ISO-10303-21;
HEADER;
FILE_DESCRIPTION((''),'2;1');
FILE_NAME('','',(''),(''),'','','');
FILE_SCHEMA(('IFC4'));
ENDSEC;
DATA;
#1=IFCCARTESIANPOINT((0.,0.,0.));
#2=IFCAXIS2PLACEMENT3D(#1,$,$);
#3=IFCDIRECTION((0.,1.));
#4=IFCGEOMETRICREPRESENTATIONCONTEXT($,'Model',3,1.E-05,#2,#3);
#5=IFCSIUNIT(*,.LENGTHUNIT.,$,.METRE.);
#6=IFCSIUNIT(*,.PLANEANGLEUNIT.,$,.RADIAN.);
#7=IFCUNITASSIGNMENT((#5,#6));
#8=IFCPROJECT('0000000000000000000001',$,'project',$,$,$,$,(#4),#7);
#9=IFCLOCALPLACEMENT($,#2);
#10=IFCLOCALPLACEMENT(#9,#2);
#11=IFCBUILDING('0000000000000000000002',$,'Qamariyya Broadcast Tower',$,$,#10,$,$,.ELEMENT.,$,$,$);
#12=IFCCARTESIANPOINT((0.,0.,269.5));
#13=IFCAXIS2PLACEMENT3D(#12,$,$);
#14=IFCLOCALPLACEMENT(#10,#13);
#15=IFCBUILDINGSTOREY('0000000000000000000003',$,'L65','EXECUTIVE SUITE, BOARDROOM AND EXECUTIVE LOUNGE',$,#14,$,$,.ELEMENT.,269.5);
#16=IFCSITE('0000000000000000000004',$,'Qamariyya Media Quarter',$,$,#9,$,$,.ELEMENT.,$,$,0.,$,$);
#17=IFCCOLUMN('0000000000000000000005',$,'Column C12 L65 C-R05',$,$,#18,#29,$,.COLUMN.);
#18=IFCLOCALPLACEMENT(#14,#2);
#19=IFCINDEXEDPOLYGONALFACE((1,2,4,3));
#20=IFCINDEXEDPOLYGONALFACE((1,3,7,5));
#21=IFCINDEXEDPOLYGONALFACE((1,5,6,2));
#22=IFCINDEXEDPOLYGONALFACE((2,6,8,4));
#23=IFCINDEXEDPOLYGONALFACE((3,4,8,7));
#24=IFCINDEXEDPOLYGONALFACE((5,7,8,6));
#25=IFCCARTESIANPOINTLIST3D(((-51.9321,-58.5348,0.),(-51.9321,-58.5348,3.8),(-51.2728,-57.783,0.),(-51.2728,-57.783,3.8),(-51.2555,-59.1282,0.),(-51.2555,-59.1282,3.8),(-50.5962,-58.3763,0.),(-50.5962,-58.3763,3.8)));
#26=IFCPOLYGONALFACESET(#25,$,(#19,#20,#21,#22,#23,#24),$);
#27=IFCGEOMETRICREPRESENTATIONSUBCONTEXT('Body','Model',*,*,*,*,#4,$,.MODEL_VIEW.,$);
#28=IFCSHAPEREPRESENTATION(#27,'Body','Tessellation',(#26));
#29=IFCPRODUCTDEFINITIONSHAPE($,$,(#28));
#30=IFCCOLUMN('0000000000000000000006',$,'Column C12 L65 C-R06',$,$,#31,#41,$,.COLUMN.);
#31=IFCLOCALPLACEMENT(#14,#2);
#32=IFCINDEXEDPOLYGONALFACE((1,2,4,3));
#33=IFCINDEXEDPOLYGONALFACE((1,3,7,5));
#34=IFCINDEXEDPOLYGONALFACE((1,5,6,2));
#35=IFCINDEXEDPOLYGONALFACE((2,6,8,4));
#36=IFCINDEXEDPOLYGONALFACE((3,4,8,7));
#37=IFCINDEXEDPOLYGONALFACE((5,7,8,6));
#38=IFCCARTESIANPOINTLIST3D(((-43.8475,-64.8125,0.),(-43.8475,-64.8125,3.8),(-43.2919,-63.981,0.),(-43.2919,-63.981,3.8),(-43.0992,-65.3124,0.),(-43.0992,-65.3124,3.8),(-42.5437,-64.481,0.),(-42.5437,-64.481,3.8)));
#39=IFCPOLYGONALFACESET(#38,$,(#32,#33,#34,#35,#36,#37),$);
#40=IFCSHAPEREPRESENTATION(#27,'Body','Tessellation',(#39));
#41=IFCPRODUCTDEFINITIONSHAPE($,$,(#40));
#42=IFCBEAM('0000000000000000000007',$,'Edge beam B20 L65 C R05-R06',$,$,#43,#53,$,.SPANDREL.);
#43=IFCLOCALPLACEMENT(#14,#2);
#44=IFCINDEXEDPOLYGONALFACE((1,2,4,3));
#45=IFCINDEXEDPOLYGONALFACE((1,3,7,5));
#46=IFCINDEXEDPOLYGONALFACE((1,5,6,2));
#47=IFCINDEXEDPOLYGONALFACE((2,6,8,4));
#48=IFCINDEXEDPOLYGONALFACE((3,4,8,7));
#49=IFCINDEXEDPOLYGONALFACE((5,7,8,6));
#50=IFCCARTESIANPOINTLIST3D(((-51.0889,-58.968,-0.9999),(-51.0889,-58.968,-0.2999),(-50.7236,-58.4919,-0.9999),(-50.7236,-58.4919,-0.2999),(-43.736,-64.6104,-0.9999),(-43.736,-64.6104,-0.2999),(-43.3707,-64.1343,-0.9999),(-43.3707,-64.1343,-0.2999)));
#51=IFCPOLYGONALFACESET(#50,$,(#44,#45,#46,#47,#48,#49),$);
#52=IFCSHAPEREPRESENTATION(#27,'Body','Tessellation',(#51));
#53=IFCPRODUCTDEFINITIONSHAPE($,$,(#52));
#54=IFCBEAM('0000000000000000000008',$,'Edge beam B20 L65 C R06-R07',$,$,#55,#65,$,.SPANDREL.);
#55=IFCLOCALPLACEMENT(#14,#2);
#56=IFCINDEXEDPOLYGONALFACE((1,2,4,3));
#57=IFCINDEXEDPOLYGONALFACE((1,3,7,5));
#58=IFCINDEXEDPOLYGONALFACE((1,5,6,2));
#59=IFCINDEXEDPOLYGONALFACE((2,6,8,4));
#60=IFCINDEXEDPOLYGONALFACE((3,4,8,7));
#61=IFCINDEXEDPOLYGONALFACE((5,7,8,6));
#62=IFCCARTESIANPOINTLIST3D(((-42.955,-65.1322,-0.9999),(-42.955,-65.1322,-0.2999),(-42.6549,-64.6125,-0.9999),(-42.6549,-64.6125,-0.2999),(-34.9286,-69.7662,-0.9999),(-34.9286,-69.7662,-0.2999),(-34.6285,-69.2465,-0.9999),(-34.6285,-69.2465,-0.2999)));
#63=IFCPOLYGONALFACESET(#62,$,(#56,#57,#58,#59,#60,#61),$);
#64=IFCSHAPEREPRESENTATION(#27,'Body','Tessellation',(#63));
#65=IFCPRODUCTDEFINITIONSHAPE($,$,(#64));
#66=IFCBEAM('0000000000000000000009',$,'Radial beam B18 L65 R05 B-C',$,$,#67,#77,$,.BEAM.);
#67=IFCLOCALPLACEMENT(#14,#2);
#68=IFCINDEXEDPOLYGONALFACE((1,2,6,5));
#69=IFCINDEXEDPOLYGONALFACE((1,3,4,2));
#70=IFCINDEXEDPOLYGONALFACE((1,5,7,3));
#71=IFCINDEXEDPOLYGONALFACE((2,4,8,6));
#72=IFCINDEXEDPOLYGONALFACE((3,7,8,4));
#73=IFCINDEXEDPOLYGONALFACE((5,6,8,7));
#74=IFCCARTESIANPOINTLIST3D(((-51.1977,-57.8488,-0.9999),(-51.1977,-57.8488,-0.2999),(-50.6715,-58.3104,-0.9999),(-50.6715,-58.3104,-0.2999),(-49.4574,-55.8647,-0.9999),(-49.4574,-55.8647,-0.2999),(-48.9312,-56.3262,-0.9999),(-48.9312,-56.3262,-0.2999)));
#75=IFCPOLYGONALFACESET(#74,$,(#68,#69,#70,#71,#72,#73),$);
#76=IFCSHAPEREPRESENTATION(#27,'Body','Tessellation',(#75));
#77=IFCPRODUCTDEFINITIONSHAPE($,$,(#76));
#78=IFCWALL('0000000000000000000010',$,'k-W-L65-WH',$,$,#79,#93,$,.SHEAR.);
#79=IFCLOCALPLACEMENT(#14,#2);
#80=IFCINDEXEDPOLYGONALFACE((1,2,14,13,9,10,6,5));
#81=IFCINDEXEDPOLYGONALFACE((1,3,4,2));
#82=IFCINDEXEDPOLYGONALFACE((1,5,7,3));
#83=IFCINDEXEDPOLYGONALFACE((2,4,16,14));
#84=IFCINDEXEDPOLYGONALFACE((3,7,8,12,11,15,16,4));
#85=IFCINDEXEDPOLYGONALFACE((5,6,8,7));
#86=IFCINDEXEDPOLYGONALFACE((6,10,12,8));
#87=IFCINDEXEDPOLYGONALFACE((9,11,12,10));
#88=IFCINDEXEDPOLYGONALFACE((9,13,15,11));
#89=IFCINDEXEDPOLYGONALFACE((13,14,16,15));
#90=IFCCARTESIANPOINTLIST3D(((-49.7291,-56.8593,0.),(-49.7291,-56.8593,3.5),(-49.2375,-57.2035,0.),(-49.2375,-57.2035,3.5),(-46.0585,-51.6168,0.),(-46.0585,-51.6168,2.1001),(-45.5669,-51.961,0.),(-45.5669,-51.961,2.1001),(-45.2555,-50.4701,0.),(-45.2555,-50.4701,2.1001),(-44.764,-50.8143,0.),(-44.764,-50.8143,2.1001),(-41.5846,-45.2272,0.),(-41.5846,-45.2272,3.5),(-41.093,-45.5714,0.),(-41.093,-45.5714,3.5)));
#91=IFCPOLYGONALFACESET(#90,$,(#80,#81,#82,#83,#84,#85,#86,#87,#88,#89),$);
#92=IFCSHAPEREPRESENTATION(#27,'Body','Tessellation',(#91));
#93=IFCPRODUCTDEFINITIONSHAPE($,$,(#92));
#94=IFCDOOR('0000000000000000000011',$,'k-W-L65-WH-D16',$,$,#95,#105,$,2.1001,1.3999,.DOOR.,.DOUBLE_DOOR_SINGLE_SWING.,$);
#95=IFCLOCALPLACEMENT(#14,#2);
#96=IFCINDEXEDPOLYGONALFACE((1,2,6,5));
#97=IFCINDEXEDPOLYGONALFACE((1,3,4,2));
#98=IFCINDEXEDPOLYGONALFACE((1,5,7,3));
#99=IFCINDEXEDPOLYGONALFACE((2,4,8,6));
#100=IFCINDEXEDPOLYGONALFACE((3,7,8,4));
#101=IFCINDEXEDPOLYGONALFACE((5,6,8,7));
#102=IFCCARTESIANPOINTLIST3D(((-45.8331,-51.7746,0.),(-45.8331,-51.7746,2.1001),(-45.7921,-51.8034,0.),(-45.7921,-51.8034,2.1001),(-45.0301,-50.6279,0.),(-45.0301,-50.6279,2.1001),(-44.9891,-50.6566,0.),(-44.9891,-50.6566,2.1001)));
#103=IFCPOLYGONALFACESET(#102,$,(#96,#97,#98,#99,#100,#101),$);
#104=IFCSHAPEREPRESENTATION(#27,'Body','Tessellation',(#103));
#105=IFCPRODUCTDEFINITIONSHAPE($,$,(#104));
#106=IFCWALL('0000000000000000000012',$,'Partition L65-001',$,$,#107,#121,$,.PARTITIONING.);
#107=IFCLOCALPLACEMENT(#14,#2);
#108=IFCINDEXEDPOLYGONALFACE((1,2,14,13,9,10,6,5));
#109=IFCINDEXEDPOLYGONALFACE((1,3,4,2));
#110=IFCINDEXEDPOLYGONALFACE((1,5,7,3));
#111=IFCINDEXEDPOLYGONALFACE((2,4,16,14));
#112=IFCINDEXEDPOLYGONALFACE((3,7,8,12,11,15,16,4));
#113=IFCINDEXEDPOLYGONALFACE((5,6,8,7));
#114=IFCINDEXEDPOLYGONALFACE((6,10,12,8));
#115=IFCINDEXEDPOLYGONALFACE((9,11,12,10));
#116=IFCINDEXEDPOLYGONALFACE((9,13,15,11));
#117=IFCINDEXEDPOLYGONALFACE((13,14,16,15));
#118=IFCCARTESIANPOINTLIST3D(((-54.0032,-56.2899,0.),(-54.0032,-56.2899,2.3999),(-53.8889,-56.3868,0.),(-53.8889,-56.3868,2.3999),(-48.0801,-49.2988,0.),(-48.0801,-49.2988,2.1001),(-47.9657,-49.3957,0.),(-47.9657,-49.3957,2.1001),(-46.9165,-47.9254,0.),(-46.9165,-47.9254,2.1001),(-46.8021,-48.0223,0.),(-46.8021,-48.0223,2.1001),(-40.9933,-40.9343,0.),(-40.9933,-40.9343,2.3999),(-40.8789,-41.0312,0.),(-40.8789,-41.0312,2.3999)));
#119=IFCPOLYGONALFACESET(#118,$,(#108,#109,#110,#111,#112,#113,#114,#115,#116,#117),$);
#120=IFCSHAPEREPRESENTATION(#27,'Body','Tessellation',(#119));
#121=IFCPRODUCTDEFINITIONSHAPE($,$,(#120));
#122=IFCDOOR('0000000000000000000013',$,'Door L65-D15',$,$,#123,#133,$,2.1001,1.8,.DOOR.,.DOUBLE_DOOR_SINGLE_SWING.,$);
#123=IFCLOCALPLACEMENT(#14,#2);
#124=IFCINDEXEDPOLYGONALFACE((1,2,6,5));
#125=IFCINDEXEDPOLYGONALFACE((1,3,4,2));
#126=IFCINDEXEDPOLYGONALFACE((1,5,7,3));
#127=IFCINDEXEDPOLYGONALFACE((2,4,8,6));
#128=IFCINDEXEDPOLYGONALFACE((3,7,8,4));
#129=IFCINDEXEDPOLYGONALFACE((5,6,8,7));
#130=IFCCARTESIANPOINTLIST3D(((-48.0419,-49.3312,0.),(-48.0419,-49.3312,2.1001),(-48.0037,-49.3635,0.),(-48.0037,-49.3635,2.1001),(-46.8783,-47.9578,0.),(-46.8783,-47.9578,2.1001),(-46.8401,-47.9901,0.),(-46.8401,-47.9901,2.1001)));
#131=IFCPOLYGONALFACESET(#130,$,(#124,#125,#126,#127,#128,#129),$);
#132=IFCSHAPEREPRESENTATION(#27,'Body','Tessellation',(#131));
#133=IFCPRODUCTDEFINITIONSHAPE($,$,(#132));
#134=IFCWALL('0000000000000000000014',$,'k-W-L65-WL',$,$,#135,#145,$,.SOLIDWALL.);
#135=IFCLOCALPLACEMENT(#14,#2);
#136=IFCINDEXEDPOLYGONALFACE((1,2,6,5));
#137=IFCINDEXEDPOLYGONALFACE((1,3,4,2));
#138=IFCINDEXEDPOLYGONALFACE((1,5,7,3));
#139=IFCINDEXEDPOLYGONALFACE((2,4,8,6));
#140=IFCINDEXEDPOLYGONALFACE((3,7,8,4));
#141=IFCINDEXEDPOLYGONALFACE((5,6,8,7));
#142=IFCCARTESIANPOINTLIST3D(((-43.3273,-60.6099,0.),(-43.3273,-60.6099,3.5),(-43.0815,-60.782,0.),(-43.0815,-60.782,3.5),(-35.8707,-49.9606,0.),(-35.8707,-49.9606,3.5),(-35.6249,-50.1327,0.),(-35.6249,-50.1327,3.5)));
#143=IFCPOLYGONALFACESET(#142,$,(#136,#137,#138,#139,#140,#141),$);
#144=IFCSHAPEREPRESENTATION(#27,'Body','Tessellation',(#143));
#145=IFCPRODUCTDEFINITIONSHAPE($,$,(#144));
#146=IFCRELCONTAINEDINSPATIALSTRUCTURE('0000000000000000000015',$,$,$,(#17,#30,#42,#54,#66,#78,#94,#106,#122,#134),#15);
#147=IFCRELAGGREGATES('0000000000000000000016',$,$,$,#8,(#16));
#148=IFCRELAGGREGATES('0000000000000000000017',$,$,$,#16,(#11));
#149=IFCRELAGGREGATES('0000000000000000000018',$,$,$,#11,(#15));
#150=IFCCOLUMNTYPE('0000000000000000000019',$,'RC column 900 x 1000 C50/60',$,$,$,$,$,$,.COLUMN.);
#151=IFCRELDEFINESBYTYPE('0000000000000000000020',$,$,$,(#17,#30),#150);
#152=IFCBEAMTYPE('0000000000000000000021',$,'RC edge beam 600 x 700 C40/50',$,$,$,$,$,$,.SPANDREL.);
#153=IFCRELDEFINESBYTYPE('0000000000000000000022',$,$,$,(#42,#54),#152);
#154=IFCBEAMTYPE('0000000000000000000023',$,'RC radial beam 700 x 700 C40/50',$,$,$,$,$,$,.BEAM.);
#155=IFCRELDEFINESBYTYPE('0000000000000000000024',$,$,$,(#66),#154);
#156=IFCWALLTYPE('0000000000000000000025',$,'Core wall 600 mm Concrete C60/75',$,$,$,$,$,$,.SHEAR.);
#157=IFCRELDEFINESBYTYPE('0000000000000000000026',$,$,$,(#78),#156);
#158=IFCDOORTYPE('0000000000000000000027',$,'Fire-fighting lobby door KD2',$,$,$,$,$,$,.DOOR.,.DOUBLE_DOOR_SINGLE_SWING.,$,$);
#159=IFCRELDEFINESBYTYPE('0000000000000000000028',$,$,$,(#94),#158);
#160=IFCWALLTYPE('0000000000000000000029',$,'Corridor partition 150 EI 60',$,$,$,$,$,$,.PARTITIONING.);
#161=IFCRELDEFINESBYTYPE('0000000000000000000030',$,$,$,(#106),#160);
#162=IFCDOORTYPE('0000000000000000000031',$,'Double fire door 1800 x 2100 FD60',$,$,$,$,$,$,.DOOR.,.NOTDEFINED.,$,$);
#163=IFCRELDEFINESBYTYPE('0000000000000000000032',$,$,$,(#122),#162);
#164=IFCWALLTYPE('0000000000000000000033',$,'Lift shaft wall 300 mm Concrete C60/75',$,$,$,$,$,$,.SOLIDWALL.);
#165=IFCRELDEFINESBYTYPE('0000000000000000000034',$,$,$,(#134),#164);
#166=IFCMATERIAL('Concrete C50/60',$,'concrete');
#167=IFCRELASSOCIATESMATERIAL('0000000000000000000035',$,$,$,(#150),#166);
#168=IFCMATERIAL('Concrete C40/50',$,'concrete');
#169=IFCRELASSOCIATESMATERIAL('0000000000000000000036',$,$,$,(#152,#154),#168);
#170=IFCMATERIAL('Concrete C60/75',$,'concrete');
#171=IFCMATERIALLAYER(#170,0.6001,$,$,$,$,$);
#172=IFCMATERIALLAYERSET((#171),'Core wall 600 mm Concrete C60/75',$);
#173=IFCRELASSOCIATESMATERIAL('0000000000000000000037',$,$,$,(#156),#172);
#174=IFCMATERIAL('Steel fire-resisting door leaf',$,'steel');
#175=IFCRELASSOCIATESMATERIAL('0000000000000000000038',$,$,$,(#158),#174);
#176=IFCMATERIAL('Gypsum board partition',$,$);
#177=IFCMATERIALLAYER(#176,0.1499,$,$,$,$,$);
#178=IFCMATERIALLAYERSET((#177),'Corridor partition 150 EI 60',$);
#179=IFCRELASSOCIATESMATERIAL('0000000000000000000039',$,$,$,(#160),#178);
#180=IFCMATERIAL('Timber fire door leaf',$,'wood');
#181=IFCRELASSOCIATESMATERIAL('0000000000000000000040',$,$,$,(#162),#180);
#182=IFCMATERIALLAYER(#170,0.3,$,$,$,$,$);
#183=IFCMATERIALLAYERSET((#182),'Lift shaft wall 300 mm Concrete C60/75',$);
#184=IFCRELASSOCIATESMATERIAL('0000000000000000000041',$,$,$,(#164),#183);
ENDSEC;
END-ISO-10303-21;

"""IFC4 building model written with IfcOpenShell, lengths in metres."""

from ifc_helpers import new_model, si_unit, direction, frame, frame_2d, origin, origin_2d, place, context, subcontext, project, spatial, rectangle, extrude, material, layer, layer_set, material_profile, profile_set, type_object, element, fill, save


model = new_model("IFC4")

# Units and contexts
model_context = context("Model", 3, precision=1e-05, world=origin(), true_north=direction((0.0, 1.0)))
body_context = subcontext(model_context, "Body", "Model", "MODEL_VIEW")
ifc_project = project(units=[si_unit("LENGTHUNIT", "METRE"), si_unit("PLANEANGLEUNIT", "RADIAN")], contexts=[model_context])

# Site, building, storey
site_placement = place(None, origin())
site = spatial("IfcSite", under=ifc_project, at=site_placement, Name="Qamariyya Media Quarter", CompositionType="ELEMENT", RefElevation=0.0)
building_placement = place(site_placement, origin())
building = spatial("IfcBuilding", under=site, at=building_placement, Name="Qamariyya Broadcast Tower", CompositionType="ELEMENT")
storey_placement = place(building_placement, frame((0.0, 0.0, 269.5)))
storey = spatial("IfcBuildingStorey", under=building, at=storey_placement, Name="L65", Description="EXECUTIVE SUITE, BOARDROOM AND EXECUTIVE LOUNGE", CompositionType="ELEMENT", Elevation=269.5)

# Columns
ifc_material_1 = material(Name="Concrete C50/60", Category="concrete")
ifc_material_profile_1 = material_profile(ifc_material_1, rectangle(XDim=0.8999, YDim=1.0, at=origin_2d()))
ifc_profile_set_1 = profile_set([ifc_material_profile_1], Name="Concrete C50/60")
column_type = type_object("IfcColumnType", Name="RC column 900 x 1000 C50/60", PredefinedType="COLUMN", material=ifc_profile_set_1)
for number, where, z_axis, x_axis, name in (
    (1, (-51.2642, -58.4556, 0.0), (0.0, 0.0, 1.0), (0.75184, -0.659346, 0.0), "Column C12 L65 C-R05"),
    (2, (-43.1956, -64.6467, 0.0), (0.0, 0.0, 1.0), (0.83147, -0.55557, 0.0), "Column C12 L65 C-R06"),
):
    element("IfcColumn", number, at=place(storey_placement, frame(where, z_axis=z_axis, x_axis=x_axis)), inside=storey, type_object=column_type, Name=name, PredefinedType="COLUMN", context=body_context, shape_type="SweptSolid", body=[
        extrude(rectangle(XDim=0.8999, YDim=1.0, at=origin_2d()), origin(), (0.0, 0.0, 1.0), 3.8),
    ])

# Beams
ifc_material_2 = material(Name="Concrete C40/50", Category="concrete")
ifc_material_profile_2 = material_profile(ifc_material_2, rectangle(XDim=0.6001, YDim=0.7, at=origin_2d()))
ifc_profile_set_2 = profile_set([ifc_material_profile_2], Name="Concrete C40/50")
beam_type_1 = type_object("IfcBeamType", Name="RC edge beam 600 x 700 C40/50", PredefinedType="SPANDREL", material=ifc_profile_set_2)
beam_1_placement = place(storey_placement, frame((-50.9062, -58.73, -0.6499), z_axis=(0.793335, -0.608785, 0.0), x_axis=(0.608785, 0.793335, 0.0)))
element("IfcBeam", 3, at=beam_1_placement, inside=storey, type_object=beam_type_1, Name="Edge beam B20 L65 C R05-R06", PredefinedType="SPANDREL", context=body_context, shape_type="SweptSolid", body=[
    extrude(rectangle(XDim=0.6001, YDim=0.7, at=origin_2d()), origin(), (0.0, 0.0, 1.0), 9.2683),
])
beam_2_placement = place(storey_placement, frame((-42.8049, -64.8723, -0.6499), z_axis=(0.866025, -0.500001, 0.0), x_axis=(0.500001, 0.866025, 0.0)))
element("IfcBeam", 4, at=beam_2_placement, inside=storey, type_object=beam_type_1, Name="Edge beam B20 L65 C R06-R07", PredefinedType="SPANDREL", context=body_context, shape_type="SweptSolid", body=[
    extrude(rectangle(XDim=0.6001, YDim=0.7, at=origin_2d()), origin(), (0.0, 0.0, 1.0), 9.2681),
])
ifc_material_profile_3 = material_profile(ifc_material_2, rectangle(XDim=0.7, YDim=0.7, at=origin_2d()))
ifc_profile_set_3 = profile_set([ifc_material_profile_3], Name="Concrete C40/50")
beam_type_2 = type_object("IfcBeamType", Name="RC radial beam 700 x 700 C40/50", PredefinedType="BEAM", material=ifc_profile_set_3)
beam_3_placement = place(storey_placement, frame((-49.1943, -56.0955, -0.6499), z_axis=(-0.659388, -0.751803, 0.0), x_axis=(0.751803, -0.659388, 0.0)))
element("IfcBeam", 5, at=beam_3_placement, inside=storey, type_object=beam_type_2, Name="Radial beam B18 L65 R05 B-C", PredefinedType="BEAM", context=body_context, shape_type="SweptSolid", body=[
    extrude(rectangle(XDim=0.7, YDim=0.7, at=origin_2d()), origin(), (0.0, 0.0, 1.0), 2.6392),
])

# Walls, openings, doors
ifc_material_3 = material(Name="Concrete C60/75", Category="concrete")
ifc_layer_1 = layer(ifc_material_3, 0.6001)
ifc_layer_set_1 = layer_set([ifc_layer_1], Name="Core wall 600 mm Concrete C60/75")
wall_type_1 = type_object("IfcWallType", Name="Core wall 600 mm Concrete C60/75", PredefinedType="SHEAR", material=ifc_layer_set_1)
wall_1_placement = place(storey_placement, frame((-49.4834, -57.0315, 0.0), z_axis=(0.0, 0.0, 1.0), x_axis=(0.57356, 0.819163, 0.0)))
wall_1 = element("IfcWall", 6, at=wall_1_placement, inside=storey, type_object=wall_type_1, Name="k-W-L65-WH", PredefinedType="SHEAR", context=body_context, shape_type="SweptSolid", body=[
    extrude(rectangle(XDim=14.2, YDim=0.6001, at=frame_2d((7.1001, 0.0))), origin(), (0.0, 0.0, 1.0), 3.5),
])
opening_1_placement = place(wall_1_placement, frame((6.3999, 0.0, 0.0)))
opening_1 = element("IfcOpeningElement", 7, at=opening_1_placement, cuts=wall_1, PredefinedType="OPENING", context=body_context, shape_type="SweptSolid", body=[
    extrude(rectangle(XDim=1.3999, YDim=2.1001, at=frame_2d((0.7, 1.05))), frame((0.0, 0.3101, 0.0), z_axis=(0.0, -1.0, 0.0), x_axis=(1.0, 0.0, 0.0)), (0.0, 0.0, 1.0), 0.6201),
])
ifc_material_4 = material(Name="Steel fire-resisting door leaf", Category="steel")
door_type_1 = type_object("IfcDoorType", Name="Fire-fighting lobby door KD2", OperationType="DOUBLE_DOOR_SINGLE_SWING", PredefinedType="DOOR", material=ifc_material_4)
door_1_placement = place(opening_1_placement, origin())
door_1 = element("IfcDoor", 8, at=door_1_placement, inside=storey, type_object=door_type_1, Name="k-W-L65-WH-D16", OperationType="DOUBLE_DOOR_SINGLE_SWING", OverallHeight=2.1001, OverallWidth=1.3999, PredefinedType="DOOR", context=body_context, shape_type="SweptSolid", body=[
    extrude(rectangle(XDim=1.3999, YDim=2.1001, at=frame_2d((0.7, 1.05))), frame((0.0, 0.0249, 0.0), z_axis=(0.0, -1.0, 0.0), x_axis=(1.0, 0.0, 0.0)), (0.0, 0.0, 1.0), 0.05),
])
fill(opening_1, door_1)
ifc_material_5 = material(Name="Gypsum board partition")
ifc_layer_2 = layer(ifc_material_5, 0.1499)
ifc_layer_set_2 = layer_set([ifc_layer_2], Name="Corridor partition 150 EI 60")
wall_type_2 = type_object("IfcWallType", Name="Corridor partition 150 EI 60", PredefinedType="PARTITIONING", material=ifc_layer_set_2)
wall_2_placement = place(storey_placement, frame((-53.946, -56.3384, 0.0), z_axis=(0.0, 0.0, 1.0), x_axis=(0.646426, 0.762977, 0.0)))
wall_2 = element("IfcWall", 9, at=wall_2_placement, inside=storey, type_object=wall_type_2, Name="Partition L65-001", PredefinedType="PARTITIONING", context=body_context, shape_type="SweptSolid", body=[
    extrude(rectangle(XDim=20.126, YDim=0.1499, at=frame_2d((10.063, 0.0))), origin(), (0.0, 0.0, 1.0), 2.3999),
])
opening_2_placement = place(wall_2_placement, frame((9.1631, 0.0, 0.0)))
opening_2 = element("IfcOpeningElement", 10, at=opening_2_placement, cuts=wall_2, PredefinedType="OPENING", context=body_context, shape_type="SweptSolid", body=[
    extrude(rectangle(XDim=1.8, YDim=2.1001, at=frame_2d((0.8999, 1.05))), frame((0.0, 0.085, 0.0), z_axis=(0.0, -1.0, 0.0), x_axis=(1.0, 0.0, 0.0)), (0.0, 0.0, 1.0), 0.1699),
])
ifc_material_6 = material(Name="Timber fire door leaf", Category="wood")
door_type_2 = type_object("IfcDoorType", Name="Double fire door 1800 x 2100 FD60", OperationType="NOTDEFINED", PredefinedType="DOOR", material=ifc_material_6)
door_2_placement = place(opening_2_placement, origin())
door_2 = element("IfcDoor", 11, at=door_2_placement, inside=storey, type_object=door_type_2, Name="Door L65-D15", OperationType="DOUBLE_DOOR_SINGLE_SWING", OverallHeight=2.1001, OverallWidth=1.8, PredefinedType="DOOR", context=body_context, shape_type="SweptSolid", body=[
    extrude(rectangle(XDim=1.8, YDim=2.1001, at=frame_2d((0.8999, 1.05))), frame((0.0, 0.0249, 0.0), z_axis=(0.0, -1.0, 0.0), x_axis=(1.0, 0.0, 0.0)), (0.0, 0.0, 1.0), 0.05),
])
fill(opening_2, door_2)

# Wall
ifc_layer_3 = layer(ifc_material_3, 0.3)
ifc_layer_set_3 = layer_set([ifc_layer_3], Name="Lift shaft wall 300 mm Concrete C60/75")
wall_type_3 = type_object("IfcWallType", Name="Lift shaft wall 300 mm Concrete C60/75", PredefinedType="SOLIDWALL", material=ifc_layer_set_3)
wall_3_placement = place(storey_placement, frame((-43.2043, -60.6958, 0.0), z_axis=(0.0, 0.0, 1.0), x_axis=(0.573572, 0.819155, 0.0)))
element("IfcWall", 12, at=wall_3_placement, inside=storey, type_object=wall_type_3, Name="k-W-L65-WL", PredefinedType="SOLIDWALL", context=body_context, shape_type="SweptSolid", body=[
    extrude(rectangle(XDim=13.0002, YDim=0.3, at=frame_2d((6.5, 0.0))), origin(), (0.0, 0.0, 1.0), 3.5),
])

save(model, "model.ifc")
